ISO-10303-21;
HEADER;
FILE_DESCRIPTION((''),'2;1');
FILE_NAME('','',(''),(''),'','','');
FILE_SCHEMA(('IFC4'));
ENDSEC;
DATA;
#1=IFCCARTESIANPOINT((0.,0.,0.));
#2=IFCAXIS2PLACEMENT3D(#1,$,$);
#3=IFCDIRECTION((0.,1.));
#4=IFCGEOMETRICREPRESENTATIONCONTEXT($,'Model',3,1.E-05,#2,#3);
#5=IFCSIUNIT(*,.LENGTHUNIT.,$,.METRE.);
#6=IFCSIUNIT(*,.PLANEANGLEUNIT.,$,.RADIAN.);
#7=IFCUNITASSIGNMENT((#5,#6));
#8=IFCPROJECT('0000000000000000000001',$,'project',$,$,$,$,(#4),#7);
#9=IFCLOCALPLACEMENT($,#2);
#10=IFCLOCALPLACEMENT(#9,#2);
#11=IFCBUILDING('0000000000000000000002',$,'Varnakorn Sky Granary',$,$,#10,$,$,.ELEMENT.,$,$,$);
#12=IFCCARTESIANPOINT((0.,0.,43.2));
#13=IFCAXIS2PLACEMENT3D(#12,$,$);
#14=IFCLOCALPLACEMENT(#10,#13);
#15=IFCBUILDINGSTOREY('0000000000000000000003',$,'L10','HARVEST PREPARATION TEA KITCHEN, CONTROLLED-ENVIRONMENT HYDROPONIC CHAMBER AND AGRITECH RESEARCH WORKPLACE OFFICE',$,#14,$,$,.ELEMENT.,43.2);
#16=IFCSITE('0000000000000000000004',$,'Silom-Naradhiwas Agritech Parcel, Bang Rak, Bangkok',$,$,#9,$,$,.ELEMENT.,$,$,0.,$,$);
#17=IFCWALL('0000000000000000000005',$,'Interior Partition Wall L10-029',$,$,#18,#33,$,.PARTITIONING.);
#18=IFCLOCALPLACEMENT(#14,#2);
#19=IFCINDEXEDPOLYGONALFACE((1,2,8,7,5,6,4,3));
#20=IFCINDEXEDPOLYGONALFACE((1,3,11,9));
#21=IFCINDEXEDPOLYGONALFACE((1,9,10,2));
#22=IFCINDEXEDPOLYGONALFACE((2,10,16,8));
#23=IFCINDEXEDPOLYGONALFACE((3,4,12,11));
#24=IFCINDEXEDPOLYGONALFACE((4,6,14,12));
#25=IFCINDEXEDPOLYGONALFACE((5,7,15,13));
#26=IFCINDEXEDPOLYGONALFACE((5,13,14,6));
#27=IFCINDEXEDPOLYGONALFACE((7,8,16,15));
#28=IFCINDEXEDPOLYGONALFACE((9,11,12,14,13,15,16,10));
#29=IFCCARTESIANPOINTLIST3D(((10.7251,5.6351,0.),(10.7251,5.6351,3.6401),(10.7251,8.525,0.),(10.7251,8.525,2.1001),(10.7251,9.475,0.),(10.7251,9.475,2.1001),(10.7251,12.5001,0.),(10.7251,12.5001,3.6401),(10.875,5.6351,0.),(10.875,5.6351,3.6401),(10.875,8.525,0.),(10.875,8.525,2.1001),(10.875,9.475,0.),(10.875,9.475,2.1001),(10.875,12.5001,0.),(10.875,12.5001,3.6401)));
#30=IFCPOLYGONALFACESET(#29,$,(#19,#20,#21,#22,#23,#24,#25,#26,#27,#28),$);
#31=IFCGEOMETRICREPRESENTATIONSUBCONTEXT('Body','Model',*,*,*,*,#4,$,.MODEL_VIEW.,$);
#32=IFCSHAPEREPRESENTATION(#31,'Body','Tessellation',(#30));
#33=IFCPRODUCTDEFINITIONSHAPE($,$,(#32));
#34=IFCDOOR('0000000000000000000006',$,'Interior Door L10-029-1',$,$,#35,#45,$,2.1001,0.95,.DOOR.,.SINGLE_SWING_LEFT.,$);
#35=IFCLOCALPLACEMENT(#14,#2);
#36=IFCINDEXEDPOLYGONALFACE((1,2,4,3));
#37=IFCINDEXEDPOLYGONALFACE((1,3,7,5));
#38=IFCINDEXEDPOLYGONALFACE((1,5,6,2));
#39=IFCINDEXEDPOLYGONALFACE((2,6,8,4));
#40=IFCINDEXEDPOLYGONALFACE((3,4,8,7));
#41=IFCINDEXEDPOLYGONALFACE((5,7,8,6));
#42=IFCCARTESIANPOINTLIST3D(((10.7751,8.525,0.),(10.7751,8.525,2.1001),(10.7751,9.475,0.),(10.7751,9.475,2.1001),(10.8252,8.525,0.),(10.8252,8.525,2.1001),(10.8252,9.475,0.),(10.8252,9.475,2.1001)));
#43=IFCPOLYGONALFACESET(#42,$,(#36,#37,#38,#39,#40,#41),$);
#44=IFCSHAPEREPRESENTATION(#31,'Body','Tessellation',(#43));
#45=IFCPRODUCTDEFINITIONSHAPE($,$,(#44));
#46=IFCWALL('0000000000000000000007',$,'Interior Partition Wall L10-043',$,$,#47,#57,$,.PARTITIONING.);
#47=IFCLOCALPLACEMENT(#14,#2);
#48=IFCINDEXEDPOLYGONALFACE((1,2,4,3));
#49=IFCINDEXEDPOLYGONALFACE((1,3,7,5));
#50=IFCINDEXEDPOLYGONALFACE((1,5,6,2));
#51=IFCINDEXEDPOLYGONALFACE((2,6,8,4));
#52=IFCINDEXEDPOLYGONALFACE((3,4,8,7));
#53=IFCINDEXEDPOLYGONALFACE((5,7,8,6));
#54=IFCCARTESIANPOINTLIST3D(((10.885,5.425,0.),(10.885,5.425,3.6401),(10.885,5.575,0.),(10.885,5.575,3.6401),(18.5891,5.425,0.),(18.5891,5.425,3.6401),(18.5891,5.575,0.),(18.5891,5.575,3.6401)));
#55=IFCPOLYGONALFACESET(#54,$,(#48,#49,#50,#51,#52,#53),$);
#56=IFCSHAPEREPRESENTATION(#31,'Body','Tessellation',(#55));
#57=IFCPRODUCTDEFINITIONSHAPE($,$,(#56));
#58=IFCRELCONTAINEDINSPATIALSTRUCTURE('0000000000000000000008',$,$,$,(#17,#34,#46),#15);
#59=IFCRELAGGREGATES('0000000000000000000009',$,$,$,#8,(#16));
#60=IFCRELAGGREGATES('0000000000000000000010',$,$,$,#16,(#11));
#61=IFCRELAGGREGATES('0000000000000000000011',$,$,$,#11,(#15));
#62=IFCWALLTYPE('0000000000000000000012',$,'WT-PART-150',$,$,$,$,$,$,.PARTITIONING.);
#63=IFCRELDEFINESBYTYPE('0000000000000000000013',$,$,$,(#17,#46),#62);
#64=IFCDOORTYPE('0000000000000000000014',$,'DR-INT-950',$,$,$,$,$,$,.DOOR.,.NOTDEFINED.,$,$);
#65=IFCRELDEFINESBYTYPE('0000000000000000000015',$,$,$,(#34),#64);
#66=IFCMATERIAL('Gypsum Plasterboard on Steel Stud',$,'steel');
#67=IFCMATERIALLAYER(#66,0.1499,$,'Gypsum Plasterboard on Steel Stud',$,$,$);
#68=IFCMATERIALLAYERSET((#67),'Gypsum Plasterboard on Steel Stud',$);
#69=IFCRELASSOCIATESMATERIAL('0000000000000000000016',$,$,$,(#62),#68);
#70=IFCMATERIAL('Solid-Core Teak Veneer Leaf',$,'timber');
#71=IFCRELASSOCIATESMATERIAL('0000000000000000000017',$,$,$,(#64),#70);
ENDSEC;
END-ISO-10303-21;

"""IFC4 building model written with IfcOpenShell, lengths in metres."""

from ifc_helpers import new_model, si_unit, direction, frame, frame_2d, origin, place, context, subcontext, project, spatial, rectangle, extrude, material, layer, layer_set, type_object, element, fill, save


model = new_model("IFC4")

# Units and contexts
model_context = context("Model", 3, precision=1e-05, world=origin(), true_north=direction((0.0, 1.0)))
body_context = subcontext(model_context, "Body", "Model", "MODEL_VIEW")
ifc_project = project(units=[si_unit("LENGTHUNIT", "METRE"), si_unit("PLANEANGLEUNIT", "RADIAN")], contexts=[model_context])

# Site, building, storey
site_placement = place(None, origin())
site = spatial("IfcSite", under=ifc_project, at=site_placement, Name="Silom-Naradhiwas Agritech Parcel, Bang Rak, Bangkok", CompositionType="ELEMENT", RefElevation=0.0)
building_placement = place(site_placement, origin())
building = spatial("IfcBuilding", under=site, at=building_placement, Name="Varnakorn Sky Granary", CompositionType="ELEMENT")
storey_placement = place(building_placement, frame((0.0, 0.0, 43.2)))
storey = spatial("IfcBuildingStorey", under=building, at=storey_placement, Name="L10", Description="HARVEST PREPARATION TEA KITCHEN, CONTROLLED-ENVIRONMENT HYDROPONIC CHAMBER AND AGRITECH RESEARCH WORKPLACE OFFICE", CompositionType="ELEMENT", Elevation=43.2)

# Wall, opening, door
ifc_material_1 = material(Name="Gypsum Plasterboard on Steel Stud", Category="steel")
ifc_layer_1 = layer(ifc_material_1, 0.1499, Name="Gypsum Plasterboard on Steel Stud")
ifc_layer_set_1 = layer_set([ifc_layer_1], Name="Gypsum Plasterboard on Steel Stud")
wall_type = type_object("IfcWallType", Name="WT-PART-150", PredefinedType="PARTITIONING", material=ifc_layer_set_1)
wall_1_placement = place(storey_placement, frame((10.8, 5.635, 0.0), z_axis=(0.0, 0.0, 1.0), x_axis=(0.0, 1.0, 0.0)))
wall_1 = element("IfcWall", 1, at=wall_1_placement, inside=storey, type_object=wall_type, Name="Interior Partition Wall L10-029", PredefinedType="PARTITIONING", context=body_context, shape_type="SweptSolid", body=[
    extrude(rectangle(XDim=6.865, YDim=0.1499, at=frame_2d((3.4326, 0.0))), origin(), (0.0, 0.0, 1.0), 3.6401),
])
opening_placement = place(wall_1_placement, frame((2.8899, 0.0, 0.0)))
opening = element("IfcOpeningElement", 2, at=opening_placement, cuts=wall_1, PredefinedType="OPENING", context=body_context, shape_type="SweptSolid", body=[
    extrude(rectangle(XDim=0.95, YDim=2.1001, at=frame_2d((0.4751, 1.05))), frame((0.0, 0.085, 0.0), z_axis=(0.0, -1.0, 0.0), x_axis=(1.0, 0.0, 0.0)), (0.0, 0.0, 1.0), 0.1699),
])
ifc_material_2 = material(Name="Solid-Core Teak Veneer Leaf", Category="timber")
door_type = type_object("IfcDoorType", Name="DR-INT-950", OperationType="NOTDEFINED", PredefinedType="DOOR", material=ifc_material_2)
door_placement = place(opening_placement, origin())
door = element("IfcDoor", 3, at=door_placement, inside=storey, type_object=door_type, Name="Interior Door L10-029-1", OperationType="SINGLE_SWING_LEFT", OverallHeight=2.1001, OverallWidth=0.95, PredefinedType="DOOR", context=body_context, shape_type="SweptSolid", body=[
    extrude(rectangle(XDim=0.95, YDim=2.1001, at=frame_2d((0.4751, 1.05))), frame((0.0, 0.0249, 0.0), z_axis=(0.0, -1.0, 0.0), x_axis=(1.0, 0.0, 0.0)), (0.0, 0.0, 1.0), 0.05),
])
fill(opening, door)

# Wall
wall_2_placement = place(storey_placement, frame((10.885, 5.5, 0.0), z_axis=(0.0, 0.0, 1.0), x_axis=(1.0, 0.0, 0.0)))
element("IfcWall", 4, at=wall_2_placement, inside=storey, type_object=wall_type, Name="Interior Partition Wall L10-043", PredefinedType="PARTITIONING", context=body_context, shape_type="SweptSolid", body=[
    extrude(rectangle(XDim=7.7041, YDim=0.1499, at=frame_2d((3.8521, 0.0))), origin(), (0.0, 0.0, 1.0), 3.6401),
])

save(model, "model.ifc")
